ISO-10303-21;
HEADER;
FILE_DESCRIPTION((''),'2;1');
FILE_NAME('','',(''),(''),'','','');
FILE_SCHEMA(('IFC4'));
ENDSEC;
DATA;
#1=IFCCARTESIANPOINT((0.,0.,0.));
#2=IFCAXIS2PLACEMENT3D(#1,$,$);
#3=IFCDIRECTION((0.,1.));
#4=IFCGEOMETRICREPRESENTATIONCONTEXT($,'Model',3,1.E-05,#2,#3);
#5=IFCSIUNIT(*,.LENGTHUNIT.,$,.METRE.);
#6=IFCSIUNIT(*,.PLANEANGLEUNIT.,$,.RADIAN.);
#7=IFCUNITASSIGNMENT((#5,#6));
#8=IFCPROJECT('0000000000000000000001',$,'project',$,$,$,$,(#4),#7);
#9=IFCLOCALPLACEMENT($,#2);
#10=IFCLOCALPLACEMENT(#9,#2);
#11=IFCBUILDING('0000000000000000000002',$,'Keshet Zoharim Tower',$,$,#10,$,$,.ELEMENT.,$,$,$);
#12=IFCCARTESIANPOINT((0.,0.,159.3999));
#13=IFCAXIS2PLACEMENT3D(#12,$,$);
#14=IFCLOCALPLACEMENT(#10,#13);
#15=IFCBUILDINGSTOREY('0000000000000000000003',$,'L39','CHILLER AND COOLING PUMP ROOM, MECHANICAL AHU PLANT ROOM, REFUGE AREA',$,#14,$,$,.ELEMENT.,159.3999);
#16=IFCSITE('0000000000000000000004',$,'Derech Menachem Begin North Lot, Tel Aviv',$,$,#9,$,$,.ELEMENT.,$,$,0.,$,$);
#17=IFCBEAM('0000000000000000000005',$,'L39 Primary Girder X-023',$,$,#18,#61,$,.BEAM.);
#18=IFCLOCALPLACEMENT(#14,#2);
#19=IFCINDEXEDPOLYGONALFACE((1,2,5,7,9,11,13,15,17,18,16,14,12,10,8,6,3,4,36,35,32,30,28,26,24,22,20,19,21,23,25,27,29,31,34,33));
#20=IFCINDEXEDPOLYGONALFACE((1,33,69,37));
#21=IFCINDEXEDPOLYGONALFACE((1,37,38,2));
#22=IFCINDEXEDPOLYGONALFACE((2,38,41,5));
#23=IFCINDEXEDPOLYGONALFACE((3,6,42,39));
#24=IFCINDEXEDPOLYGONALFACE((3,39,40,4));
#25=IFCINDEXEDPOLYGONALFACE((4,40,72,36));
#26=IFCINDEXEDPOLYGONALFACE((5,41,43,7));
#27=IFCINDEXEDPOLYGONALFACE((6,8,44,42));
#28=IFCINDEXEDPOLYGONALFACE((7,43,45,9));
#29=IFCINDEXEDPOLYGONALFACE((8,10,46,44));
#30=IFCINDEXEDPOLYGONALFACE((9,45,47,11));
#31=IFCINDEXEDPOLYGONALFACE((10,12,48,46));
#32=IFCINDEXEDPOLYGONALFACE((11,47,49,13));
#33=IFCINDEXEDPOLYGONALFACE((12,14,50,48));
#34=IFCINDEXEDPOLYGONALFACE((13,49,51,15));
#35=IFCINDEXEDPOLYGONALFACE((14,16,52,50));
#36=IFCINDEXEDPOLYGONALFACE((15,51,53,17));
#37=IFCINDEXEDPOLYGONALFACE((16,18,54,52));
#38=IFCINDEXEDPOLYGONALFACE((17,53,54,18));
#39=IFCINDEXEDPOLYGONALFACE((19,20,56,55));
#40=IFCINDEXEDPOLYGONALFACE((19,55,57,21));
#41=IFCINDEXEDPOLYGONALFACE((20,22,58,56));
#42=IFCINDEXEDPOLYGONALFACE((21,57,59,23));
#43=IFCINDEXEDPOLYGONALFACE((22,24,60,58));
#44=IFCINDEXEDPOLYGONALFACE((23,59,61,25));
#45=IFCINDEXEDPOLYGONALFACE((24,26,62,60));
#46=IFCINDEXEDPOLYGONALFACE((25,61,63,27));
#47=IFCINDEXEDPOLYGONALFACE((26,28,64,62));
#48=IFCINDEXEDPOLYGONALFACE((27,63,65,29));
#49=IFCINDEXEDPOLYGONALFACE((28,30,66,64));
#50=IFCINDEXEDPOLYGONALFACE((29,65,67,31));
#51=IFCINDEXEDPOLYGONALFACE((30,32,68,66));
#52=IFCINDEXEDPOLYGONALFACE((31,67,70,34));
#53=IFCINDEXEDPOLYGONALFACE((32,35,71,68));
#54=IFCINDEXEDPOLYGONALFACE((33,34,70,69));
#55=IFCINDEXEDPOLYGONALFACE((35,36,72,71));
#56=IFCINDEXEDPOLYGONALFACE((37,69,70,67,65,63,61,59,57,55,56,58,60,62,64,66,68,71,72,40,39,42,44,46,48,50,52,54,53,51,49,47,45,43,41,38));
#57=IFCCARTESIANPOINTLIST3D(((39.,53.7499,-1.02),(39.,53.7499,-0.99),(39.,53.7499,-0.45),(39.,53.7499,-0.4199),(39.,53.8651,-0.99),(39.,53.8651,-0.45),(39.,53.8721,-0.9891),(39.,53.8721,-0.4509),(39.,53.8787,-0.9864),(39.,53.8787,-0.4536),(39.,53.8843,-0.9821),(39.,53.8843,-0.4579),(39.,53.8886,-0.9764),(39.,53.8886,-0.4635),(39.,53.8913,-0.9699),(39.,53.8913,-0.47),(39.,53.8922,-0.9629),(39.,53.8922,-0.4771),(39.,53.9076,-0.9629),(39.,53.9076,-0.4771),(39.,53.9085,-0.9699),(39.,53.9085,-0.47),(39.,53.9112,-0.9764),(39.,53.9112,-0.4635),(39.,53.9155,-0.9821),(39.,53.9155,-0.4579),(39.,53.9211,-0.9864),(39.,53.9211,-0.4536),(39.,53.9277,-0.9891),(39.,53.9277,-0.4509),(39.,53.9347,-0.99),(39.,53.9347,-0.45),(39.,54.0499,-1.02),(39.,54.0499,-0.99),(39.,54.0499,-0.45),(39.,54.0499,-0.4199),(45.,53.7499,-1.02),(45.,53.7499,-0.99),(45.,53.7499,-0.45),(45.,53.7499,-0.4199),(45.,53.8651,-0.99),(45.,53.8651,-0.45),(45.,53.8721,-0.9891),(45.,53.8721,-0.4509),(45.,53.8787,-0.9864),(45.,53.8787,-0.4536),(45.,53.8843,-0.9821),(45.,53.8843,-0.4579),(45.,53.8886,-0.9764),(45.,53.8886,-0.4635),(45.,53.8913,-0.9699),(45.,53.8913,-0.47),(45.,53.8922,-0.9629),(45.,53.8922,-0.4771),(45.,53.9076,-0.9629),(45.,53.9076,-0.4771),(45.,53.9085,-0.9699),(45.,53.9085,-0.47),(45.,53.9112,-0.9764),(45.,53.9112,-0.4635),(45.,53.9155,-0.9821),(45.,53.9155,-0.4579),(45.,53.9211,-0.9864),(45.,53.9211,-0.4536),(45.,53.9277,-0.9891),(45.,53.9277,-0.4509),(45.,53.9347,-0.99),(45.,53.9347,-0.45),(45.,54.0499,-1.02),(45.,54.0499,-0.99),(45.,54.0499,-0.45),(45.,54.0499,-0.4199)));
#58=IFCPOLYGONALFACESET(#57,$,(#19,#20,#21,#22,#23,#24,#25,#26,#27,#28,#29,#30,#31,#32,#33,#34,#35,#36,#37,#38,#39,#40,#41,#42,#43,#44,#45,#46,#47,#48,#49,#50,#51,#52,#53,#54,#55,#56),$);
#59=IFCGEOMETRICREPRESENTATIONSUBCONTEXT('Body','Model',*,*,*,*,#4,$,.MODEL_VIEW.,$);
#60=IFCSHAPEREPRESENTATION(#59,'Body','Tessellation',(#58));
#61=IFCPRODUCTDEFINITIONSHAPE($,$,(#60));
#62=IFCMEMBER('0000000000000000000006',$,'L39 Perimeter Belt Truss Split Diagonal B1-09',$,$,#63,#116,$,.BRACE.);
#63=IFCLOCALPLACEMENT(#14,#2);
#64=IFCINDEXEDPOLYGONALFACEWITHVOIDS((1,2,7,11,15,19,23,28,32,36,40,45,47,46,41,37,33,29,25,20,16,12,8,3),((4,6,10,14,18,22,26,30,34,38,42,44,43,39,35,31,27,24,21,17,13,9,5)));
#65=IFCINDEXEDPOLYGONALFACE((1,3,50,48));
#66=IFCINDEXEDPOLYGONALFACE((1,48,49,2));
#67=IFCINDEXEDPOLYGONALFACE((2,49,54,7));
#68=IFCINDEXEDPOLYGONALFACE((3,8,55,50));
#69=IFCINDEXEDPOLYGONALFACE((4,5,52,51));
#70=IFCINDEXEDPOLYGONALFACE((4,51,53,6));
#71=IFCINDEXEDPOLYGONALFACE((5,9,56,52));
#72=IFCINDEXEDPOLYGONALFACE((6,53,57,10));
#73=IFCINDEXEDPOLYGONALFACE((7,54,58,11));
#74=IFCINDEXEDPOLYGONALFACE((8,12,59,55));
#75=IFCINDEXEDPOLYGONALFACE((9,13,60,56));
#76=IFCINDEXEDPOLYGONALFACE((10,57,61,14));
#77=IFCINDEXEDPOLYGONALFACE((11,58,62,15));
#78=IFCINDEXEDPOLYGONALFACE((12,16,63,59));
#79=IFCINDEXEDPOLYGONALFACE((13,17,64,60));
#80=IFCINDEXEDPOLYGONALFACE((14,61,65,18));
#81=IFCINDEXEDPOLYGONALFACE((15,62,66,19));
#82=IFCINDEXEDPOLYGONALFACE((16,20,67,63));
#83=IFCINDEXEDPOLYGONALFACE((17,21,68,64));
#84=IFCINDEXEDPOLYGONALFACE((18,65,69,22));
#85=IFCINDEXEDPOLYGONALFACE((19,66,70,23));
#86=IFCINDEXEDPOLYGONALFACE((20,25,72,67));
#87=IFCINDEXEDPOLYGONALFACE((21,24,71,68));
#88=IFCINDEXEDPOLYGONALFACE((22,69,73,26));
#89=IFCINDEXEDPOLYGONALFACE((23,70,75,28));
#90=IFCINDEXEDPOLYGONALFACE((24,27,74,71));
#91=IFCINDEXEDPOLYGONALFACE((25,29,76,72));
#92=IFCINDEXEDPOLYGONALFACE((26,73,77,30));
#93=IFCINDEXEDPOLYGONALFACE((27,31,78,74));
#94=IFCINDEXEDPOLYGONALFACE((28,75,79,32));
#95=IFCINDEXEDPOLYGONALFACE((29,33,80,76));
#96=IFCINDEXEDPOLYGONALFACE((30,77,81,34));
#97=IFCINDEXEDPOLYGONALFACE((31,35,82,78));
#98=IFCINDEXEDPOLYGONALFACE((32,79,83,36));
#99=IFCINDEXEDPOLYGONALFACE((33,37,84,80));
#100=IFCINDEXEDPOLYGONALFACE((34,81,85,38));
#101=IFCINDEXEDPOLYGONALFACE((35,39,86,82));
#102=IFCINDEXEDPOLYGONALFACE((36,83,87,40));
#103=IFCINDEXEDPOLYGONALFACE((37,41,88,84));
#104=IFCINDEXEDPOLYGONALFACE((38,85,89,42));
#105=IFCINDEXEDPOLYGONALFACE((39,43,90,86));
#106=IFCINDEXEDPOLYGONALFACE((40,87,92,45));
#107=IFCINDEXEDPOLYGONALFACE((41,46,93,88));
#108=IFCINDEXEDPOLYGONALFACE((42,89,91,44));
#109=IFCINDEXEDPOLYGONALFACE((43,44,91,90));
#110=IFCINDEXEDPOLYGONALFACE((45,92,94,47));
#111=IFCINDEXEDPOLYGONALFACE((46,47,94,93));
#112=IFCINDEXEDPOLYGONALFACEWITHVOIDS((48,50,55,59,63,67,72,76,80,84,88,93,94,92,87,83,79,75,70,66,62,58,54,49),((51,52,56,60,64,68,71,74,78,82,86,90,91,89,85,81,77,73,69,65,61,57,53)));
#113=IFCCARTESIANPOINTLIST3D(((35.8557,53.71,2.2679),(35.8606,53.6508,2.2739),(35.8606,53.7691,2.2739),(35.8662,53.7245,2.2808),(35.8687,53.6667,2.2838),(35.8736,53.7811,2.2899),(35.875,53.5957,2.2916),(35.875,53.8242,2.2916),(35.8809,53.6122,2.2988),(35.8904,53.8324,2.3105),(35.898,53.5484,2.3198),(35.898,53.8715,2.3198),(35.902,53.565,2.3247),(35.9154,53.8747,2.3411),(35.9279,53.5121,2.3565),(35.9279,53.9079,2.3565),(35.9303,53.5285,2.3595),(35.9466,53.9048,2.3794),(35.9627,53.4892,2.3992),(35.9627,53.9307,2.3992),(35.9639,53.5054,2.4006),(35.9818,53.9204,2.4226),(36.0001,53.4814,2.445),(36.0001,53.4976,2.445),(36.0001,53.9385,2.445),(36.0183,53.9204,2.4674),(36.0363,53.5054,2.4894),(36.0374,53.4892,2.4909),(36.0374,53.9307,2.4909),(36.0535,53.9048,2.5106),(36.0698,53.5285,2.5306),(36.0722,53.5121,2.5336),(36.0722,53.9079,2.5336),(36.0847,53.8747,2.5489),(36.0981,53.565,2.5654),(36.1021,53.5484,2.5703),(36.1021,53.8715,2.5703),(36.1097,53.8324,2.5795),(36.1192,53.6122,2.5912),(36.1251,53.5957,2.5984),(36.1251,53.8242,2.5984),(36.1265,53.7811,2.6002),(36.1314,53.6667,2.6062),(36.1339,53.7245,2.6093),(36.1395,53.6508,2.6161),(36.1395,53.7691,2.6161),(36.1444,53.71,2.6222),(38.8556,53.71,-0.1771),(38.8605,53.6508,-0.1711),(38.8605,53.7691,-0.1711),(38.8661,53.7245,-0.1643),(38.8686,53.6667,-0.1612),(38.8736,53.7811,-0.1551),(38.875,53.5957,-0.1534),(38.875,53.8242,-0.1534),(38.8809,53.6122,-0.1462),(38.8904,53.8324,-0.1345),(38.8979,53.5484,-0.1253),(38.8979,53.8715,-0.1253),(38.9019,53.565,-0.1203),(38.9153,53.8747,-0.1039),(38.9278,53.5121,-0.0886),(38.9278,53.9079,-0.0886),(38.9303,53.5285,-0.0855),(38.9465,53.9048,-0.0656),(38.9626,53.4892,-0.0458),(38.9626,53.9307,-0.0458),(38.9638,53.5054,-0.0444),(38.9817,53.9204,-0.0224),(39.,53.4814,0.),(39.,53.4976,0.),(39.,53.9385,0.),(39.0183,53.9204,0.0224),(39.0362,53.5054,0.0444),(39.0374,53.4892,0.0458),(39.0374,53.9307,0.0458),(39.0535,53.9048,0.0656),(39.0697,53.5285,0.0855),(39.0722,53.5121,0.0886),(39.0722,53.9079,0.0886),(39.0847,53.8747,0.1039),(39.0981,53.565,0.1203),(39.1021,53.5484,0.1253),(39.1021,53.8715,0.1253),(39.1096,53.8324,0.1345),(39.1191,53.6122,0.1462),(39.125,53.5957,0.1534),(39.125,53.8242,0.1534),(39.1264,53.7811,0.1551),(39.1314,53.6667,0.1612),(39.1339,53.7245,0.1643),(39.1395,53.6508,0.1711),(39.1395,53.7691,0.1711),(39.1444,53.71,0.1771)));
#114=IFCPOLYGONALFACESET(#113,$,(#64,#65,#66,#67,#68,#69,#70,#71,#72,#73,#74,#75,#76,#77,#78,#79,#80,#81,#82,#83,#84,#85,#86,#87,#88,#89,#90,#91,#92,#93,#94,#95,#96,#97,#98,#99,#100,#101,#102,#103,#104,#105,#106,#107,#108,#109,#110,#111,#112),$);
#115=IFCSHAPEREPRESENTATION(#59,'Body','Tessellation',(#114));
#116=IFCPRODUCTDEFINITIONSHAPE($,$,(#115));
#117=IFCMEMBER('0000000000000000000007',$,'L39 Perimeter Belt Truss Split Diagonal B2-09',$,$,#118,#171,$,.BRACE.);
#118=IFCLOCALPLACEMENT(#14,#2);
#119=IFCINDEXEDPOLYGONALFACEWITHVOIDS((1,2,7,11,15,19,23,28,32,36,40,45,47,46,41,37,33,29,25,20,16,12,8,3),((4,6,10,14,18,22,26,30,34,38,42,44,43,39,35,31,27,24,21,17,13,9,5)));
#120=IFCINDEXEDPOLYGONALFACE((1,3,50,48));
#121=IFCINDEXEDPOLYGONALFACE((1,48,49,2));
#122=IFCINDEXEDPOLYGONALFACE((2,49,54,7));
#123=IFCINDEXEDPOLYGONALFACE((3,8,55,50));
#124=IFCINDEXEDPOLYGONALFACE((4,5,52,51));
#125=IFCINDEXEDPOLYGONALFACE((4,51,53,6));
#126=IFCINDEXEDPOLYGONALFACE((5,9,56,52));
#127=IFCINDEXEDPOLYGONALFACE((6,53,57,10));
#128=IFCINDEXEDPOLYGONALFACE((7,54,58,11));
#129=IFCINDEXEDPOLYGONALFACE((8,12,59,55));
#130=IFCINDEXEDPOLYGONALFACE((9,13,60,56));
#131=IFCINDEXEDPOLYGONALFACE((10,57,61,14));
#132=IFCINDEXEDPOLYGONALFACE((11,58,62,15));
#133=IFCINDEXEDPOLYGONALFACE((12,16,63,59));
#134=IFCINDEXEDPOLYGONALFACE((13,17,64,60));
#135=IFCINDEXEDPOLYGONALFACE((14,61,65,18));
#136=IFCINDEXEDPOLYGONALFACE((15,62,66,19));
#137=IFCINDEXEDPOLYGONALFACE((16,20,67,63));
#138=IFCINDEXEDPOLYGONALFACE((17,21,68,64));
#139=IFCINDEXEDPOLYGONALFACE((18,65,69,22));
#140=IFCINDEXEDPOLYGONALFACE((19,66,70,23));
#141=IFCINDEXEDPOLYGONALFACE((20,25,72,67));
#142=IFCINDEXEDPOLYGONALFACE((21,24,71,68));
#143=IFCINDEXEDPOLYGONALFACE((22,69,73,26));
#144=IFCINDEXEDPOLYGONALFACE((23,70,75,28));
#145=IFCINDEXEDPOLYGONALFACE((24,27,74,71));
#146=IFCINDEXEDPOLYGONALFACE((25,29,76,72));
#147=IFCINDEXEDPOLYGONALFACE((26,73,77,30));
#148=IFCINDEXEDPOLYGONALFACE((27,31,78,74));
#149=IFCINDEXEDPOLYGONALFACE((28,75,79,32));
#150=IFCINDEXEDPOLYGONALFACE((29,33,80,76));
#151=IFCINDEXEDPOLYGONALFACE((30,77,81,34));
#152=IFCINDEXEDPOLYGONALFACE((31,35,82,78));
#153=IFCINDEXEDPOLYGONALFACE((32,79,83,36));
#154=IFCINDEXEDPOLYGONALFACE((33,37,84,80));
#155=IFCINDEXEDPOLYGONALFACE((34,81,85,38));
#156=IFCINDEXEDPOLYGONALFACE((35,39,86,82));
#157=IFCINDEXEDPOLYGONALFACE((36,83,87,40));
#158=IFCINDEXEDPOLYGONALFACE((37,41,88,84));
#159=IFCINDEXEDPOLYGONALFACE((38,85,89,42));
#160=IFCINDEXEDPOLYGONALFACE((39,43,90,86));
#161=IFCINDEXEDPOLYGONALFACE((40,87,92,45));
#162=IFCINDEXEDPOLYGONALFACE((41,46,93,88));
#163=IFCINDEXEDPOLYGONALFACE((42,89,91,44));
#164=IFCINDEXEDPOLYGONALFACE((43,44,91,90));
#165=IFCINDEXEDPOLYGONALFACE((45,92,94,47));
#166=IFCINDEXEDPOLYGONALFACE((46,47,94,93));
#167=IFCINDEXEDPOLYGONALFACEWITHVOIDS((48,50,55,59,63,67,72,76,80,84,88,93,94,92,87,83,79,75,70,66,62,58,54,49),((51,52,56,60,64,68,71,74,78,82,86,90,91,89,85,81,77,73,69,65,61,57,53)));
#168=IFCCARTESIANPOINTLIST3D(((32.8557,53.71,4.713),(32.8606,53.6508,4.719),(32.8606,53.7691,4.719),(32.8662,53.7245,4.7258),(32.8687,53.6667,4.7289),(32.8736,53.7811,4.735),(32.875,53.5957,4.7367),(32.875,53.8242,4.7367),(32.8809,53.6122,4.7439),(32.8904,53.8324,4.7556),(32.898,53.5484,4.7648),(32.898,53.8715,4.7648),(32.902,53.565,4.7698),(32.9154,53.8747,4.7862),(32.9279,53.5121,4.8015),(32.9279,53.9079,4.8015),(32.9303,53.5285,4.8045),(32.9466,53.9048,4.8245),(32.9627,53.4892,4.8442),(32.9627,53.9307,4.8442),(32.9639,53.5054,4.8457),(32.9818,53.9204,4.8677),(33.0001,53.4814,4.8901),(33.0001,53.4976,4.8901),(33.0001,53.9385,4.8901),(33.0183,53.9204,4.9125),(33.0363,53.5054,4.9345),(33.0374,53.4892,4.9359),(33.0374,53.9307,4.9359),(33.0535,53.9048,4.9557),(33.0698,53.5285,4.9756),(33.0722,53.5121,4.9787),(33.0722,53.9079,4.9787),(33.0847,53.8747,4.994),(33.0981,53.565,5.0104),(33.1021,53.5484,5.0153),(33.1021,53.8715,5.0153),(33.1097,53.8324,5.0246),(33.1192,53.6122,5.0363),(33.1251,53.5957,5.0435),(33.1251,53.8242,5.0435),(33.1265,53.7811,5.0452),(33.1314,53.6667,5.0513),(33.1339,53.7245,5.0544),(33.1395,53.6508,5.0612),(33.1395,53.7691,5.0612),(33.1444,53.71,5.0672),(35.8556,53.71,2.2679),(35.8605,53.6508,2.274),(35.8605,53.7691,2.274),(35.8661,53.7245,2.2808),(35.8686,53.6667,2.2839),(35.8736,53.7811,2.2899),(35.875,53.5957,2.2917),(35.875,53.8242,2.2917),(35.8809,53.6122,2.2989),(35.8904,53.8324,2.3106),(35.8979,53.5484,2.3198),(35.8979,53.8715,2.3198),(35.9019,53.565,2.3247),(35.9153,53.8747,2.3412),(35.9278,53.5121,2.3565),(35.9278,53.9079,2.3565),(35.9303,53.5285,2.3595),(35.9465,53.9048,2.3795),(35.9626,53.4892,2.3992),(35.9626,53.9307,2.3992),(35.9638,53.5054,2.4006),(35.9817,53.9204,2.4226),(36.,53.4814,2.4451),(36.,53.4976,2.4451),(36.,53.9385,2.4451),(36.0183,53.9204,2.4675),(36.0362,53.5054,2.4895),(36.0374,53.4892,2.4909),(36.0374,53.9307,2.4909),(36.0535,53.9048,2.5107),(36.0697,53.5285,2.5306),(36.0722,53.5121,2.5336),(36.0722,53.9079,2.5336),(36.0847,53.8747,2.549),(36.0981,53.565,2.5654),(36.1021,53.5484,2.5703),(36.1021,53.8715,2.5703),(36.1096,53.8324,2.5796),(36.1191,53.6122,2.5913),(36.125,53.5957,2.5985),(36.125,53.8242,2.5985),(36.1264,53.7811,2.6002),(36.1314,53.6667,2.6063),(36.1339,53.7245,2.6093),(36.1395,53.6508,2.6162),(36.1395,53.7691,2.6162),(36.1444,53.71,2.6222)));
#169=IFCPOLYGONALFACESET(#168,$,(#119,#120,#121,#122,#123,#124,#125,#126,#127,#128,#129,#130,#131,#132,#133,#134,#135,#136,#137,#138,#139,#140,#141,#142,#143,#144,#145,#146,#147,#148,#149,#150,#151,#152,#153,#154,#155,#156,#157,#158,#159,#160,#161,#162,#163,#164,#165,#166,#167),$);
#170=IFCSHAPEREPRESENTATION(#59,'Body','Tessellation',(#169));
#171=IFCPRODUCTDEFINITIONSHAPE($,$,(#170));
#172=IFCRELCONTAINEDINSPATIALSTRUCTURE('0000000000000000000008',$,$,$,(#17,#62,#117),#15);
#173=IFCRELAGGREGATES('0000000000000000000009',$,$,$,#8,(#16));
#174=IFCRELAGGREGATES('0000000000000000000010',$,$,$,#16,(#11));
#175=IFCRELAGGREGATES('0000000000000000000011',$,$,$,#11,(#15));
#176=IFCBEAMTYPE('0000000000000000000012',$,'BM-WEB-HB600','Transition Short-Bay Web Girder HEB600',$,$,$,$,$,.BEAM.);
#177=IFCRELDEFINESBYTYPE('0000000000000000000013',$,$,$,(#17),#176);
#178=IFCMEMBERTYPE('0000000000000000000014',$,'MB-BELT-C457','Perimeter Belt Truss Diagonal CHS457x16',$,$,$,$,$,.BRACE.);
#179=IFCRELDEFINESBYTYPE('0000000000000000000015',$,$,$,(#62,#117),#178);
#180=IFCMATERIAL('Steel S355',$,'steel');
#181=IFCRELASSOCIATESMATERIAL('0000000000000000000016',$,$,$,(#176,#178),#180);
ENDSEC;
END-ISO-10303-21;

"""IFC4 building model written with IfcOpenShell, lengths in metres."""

from ifc_helpers import new_model, si_unit, direction, frame, origin, origin_2d, place, context, subcontext, project, spatial, hollow_circle, i_section, extrude, material, material_profile, profile_set, type_object, element, save


model = new_model("IFC4")

# Units and contexts
model_context = context("Model", 3, precision=1e-05, world=origin(), true_north=direction((0.0, 1.0)))
body_context = subcontext(model_context, "Body", "Model", "MODEL_VIEW")
ifc_project = project(units=[si_unit("LENGTHUNIT", "METRE"), si_unit("PLANEANGLEUNIT", "RADIAN")], contexts=[model_context])

# Site, building, storey
site_placement = place(None, origin())
site = spatial("IfcSite", under=ifc_project, at=site_placement, Name="Derech Menachem Begin North Lot, Tel Aviv", CompositionType="ELEMENT", RefElevation=0.0)
building_placement = place(site_placement, origin())
building = spatial("IfcBuilding", under=site, at=building_placement, Name="Keshet Zoharim Tower", CompositionType="ELEMENT")
storey_placement = place(building_placement, frame((0.0, 0.0, 159.3999)))
storey = spatial("IfcBuildingStorey", under=building, at=storey_placement, Name="L39", Description="CHILLER AND COOLING PUMP ROOM, MECHANICAL AHU PLANT ROOM, REFUGE AREA", CompositionType="ELEMENT", Elevation=159.3999)

# Shared definitions
ifc_material_1 = material(Name="Steel S355", Category="steel")

# Beam
ifc_material_profile_1 = material_profile(ifc_material_1, i_section(OverallWidth=0.3, OverallDepth=0.6001, WebThickness=0.0154, FlangeThickness=0.03, FilletRadius=0.0271, at=origin_2d()), Name="HEB600")
ifc_profile_set_1 = profile_set([ifc_material_profile_1], Name="Steel S355")
beam_type_1 = type_object("IfcBeamType", Name="BM-WEB-HB600", Description="Transition Short-Bay Web Girder HEB600", PredefinedType="BEAM", material=ifc_profile_set_1)
for number, where, z_axis, x_axis, name in (
    (1, (39.0, 53.8999, -0.72), (1.0, 0.0, 0.0), (0.0, 1.0, 0.0), "L39 Primary Girder X-023"),
):
    element("IfcBeam", number, at=place(storey_placement, frame(where, z_axis=z_axis, x_axis=x_axis)), inside=storey, type_object=beam_type_1, Name=name, PredefinedType="BEAM", context=body_context, shape_type="SweptSolid", body=[
        extrude(i_section(OverallWidth=0.3, OverallDepth=0.6001, WebThickness=0.0154, FlangeThickness=0.03, FilletRadius=0.0271, at=origin_2d()), origin(), (0.0, 0.0, 1.0), 6.0),
    ])

# Members
ifc_material_profile_2 = material_profile(ifc_material_1, hollow_circle(Radius=0.2285, WallThickness=0.0161, at=origin_2d()), Name="CHS457x16")
ifc_profile_set_2 = profile_set([ifc_material_profile_2], Name="Steel S355")
member_type_1 = type_object("IfcMemberType", Name="MB-BELT-C457", Description="Perimeter Belt Truss Diagonal CHS457x16", PredefinedType="BRACE", material=ifc_profile_set_2)
for number, where, z_axis, x_axis, name in (
    (2, (39.0, 53.71, 0.0), (-0.775156, 0.0, 0.63177), (0.0, -1.0, 0.0), "L39 Perimeter Belt Truss Split Diagonal B1-09"),
    (3, (36.0, 53.71, 2.4451), (-0.775156, 0.0, 0.63177), (0.0, -1.0, 0.0), "L39 Perimeter Belt Truss Split Diagonal B2-09"),
):
    element("IfcMember", number, at=place(storey_placement, frame(where, z_axis=z_axis, x_axis=x_axis)), inside=storey, type_object=member_type_1, Name=name, PredefinedType="BRACE", context=body_context, shape_type="SweptSolid", body=[
        extrude(hollow_circle(Radius=0.2285, WallThickness=0.0161, at=origin_2d()), origin(), (0.0, 0.0, 1.0), 3.8701),
    ])

save(model, "model.ifc")
